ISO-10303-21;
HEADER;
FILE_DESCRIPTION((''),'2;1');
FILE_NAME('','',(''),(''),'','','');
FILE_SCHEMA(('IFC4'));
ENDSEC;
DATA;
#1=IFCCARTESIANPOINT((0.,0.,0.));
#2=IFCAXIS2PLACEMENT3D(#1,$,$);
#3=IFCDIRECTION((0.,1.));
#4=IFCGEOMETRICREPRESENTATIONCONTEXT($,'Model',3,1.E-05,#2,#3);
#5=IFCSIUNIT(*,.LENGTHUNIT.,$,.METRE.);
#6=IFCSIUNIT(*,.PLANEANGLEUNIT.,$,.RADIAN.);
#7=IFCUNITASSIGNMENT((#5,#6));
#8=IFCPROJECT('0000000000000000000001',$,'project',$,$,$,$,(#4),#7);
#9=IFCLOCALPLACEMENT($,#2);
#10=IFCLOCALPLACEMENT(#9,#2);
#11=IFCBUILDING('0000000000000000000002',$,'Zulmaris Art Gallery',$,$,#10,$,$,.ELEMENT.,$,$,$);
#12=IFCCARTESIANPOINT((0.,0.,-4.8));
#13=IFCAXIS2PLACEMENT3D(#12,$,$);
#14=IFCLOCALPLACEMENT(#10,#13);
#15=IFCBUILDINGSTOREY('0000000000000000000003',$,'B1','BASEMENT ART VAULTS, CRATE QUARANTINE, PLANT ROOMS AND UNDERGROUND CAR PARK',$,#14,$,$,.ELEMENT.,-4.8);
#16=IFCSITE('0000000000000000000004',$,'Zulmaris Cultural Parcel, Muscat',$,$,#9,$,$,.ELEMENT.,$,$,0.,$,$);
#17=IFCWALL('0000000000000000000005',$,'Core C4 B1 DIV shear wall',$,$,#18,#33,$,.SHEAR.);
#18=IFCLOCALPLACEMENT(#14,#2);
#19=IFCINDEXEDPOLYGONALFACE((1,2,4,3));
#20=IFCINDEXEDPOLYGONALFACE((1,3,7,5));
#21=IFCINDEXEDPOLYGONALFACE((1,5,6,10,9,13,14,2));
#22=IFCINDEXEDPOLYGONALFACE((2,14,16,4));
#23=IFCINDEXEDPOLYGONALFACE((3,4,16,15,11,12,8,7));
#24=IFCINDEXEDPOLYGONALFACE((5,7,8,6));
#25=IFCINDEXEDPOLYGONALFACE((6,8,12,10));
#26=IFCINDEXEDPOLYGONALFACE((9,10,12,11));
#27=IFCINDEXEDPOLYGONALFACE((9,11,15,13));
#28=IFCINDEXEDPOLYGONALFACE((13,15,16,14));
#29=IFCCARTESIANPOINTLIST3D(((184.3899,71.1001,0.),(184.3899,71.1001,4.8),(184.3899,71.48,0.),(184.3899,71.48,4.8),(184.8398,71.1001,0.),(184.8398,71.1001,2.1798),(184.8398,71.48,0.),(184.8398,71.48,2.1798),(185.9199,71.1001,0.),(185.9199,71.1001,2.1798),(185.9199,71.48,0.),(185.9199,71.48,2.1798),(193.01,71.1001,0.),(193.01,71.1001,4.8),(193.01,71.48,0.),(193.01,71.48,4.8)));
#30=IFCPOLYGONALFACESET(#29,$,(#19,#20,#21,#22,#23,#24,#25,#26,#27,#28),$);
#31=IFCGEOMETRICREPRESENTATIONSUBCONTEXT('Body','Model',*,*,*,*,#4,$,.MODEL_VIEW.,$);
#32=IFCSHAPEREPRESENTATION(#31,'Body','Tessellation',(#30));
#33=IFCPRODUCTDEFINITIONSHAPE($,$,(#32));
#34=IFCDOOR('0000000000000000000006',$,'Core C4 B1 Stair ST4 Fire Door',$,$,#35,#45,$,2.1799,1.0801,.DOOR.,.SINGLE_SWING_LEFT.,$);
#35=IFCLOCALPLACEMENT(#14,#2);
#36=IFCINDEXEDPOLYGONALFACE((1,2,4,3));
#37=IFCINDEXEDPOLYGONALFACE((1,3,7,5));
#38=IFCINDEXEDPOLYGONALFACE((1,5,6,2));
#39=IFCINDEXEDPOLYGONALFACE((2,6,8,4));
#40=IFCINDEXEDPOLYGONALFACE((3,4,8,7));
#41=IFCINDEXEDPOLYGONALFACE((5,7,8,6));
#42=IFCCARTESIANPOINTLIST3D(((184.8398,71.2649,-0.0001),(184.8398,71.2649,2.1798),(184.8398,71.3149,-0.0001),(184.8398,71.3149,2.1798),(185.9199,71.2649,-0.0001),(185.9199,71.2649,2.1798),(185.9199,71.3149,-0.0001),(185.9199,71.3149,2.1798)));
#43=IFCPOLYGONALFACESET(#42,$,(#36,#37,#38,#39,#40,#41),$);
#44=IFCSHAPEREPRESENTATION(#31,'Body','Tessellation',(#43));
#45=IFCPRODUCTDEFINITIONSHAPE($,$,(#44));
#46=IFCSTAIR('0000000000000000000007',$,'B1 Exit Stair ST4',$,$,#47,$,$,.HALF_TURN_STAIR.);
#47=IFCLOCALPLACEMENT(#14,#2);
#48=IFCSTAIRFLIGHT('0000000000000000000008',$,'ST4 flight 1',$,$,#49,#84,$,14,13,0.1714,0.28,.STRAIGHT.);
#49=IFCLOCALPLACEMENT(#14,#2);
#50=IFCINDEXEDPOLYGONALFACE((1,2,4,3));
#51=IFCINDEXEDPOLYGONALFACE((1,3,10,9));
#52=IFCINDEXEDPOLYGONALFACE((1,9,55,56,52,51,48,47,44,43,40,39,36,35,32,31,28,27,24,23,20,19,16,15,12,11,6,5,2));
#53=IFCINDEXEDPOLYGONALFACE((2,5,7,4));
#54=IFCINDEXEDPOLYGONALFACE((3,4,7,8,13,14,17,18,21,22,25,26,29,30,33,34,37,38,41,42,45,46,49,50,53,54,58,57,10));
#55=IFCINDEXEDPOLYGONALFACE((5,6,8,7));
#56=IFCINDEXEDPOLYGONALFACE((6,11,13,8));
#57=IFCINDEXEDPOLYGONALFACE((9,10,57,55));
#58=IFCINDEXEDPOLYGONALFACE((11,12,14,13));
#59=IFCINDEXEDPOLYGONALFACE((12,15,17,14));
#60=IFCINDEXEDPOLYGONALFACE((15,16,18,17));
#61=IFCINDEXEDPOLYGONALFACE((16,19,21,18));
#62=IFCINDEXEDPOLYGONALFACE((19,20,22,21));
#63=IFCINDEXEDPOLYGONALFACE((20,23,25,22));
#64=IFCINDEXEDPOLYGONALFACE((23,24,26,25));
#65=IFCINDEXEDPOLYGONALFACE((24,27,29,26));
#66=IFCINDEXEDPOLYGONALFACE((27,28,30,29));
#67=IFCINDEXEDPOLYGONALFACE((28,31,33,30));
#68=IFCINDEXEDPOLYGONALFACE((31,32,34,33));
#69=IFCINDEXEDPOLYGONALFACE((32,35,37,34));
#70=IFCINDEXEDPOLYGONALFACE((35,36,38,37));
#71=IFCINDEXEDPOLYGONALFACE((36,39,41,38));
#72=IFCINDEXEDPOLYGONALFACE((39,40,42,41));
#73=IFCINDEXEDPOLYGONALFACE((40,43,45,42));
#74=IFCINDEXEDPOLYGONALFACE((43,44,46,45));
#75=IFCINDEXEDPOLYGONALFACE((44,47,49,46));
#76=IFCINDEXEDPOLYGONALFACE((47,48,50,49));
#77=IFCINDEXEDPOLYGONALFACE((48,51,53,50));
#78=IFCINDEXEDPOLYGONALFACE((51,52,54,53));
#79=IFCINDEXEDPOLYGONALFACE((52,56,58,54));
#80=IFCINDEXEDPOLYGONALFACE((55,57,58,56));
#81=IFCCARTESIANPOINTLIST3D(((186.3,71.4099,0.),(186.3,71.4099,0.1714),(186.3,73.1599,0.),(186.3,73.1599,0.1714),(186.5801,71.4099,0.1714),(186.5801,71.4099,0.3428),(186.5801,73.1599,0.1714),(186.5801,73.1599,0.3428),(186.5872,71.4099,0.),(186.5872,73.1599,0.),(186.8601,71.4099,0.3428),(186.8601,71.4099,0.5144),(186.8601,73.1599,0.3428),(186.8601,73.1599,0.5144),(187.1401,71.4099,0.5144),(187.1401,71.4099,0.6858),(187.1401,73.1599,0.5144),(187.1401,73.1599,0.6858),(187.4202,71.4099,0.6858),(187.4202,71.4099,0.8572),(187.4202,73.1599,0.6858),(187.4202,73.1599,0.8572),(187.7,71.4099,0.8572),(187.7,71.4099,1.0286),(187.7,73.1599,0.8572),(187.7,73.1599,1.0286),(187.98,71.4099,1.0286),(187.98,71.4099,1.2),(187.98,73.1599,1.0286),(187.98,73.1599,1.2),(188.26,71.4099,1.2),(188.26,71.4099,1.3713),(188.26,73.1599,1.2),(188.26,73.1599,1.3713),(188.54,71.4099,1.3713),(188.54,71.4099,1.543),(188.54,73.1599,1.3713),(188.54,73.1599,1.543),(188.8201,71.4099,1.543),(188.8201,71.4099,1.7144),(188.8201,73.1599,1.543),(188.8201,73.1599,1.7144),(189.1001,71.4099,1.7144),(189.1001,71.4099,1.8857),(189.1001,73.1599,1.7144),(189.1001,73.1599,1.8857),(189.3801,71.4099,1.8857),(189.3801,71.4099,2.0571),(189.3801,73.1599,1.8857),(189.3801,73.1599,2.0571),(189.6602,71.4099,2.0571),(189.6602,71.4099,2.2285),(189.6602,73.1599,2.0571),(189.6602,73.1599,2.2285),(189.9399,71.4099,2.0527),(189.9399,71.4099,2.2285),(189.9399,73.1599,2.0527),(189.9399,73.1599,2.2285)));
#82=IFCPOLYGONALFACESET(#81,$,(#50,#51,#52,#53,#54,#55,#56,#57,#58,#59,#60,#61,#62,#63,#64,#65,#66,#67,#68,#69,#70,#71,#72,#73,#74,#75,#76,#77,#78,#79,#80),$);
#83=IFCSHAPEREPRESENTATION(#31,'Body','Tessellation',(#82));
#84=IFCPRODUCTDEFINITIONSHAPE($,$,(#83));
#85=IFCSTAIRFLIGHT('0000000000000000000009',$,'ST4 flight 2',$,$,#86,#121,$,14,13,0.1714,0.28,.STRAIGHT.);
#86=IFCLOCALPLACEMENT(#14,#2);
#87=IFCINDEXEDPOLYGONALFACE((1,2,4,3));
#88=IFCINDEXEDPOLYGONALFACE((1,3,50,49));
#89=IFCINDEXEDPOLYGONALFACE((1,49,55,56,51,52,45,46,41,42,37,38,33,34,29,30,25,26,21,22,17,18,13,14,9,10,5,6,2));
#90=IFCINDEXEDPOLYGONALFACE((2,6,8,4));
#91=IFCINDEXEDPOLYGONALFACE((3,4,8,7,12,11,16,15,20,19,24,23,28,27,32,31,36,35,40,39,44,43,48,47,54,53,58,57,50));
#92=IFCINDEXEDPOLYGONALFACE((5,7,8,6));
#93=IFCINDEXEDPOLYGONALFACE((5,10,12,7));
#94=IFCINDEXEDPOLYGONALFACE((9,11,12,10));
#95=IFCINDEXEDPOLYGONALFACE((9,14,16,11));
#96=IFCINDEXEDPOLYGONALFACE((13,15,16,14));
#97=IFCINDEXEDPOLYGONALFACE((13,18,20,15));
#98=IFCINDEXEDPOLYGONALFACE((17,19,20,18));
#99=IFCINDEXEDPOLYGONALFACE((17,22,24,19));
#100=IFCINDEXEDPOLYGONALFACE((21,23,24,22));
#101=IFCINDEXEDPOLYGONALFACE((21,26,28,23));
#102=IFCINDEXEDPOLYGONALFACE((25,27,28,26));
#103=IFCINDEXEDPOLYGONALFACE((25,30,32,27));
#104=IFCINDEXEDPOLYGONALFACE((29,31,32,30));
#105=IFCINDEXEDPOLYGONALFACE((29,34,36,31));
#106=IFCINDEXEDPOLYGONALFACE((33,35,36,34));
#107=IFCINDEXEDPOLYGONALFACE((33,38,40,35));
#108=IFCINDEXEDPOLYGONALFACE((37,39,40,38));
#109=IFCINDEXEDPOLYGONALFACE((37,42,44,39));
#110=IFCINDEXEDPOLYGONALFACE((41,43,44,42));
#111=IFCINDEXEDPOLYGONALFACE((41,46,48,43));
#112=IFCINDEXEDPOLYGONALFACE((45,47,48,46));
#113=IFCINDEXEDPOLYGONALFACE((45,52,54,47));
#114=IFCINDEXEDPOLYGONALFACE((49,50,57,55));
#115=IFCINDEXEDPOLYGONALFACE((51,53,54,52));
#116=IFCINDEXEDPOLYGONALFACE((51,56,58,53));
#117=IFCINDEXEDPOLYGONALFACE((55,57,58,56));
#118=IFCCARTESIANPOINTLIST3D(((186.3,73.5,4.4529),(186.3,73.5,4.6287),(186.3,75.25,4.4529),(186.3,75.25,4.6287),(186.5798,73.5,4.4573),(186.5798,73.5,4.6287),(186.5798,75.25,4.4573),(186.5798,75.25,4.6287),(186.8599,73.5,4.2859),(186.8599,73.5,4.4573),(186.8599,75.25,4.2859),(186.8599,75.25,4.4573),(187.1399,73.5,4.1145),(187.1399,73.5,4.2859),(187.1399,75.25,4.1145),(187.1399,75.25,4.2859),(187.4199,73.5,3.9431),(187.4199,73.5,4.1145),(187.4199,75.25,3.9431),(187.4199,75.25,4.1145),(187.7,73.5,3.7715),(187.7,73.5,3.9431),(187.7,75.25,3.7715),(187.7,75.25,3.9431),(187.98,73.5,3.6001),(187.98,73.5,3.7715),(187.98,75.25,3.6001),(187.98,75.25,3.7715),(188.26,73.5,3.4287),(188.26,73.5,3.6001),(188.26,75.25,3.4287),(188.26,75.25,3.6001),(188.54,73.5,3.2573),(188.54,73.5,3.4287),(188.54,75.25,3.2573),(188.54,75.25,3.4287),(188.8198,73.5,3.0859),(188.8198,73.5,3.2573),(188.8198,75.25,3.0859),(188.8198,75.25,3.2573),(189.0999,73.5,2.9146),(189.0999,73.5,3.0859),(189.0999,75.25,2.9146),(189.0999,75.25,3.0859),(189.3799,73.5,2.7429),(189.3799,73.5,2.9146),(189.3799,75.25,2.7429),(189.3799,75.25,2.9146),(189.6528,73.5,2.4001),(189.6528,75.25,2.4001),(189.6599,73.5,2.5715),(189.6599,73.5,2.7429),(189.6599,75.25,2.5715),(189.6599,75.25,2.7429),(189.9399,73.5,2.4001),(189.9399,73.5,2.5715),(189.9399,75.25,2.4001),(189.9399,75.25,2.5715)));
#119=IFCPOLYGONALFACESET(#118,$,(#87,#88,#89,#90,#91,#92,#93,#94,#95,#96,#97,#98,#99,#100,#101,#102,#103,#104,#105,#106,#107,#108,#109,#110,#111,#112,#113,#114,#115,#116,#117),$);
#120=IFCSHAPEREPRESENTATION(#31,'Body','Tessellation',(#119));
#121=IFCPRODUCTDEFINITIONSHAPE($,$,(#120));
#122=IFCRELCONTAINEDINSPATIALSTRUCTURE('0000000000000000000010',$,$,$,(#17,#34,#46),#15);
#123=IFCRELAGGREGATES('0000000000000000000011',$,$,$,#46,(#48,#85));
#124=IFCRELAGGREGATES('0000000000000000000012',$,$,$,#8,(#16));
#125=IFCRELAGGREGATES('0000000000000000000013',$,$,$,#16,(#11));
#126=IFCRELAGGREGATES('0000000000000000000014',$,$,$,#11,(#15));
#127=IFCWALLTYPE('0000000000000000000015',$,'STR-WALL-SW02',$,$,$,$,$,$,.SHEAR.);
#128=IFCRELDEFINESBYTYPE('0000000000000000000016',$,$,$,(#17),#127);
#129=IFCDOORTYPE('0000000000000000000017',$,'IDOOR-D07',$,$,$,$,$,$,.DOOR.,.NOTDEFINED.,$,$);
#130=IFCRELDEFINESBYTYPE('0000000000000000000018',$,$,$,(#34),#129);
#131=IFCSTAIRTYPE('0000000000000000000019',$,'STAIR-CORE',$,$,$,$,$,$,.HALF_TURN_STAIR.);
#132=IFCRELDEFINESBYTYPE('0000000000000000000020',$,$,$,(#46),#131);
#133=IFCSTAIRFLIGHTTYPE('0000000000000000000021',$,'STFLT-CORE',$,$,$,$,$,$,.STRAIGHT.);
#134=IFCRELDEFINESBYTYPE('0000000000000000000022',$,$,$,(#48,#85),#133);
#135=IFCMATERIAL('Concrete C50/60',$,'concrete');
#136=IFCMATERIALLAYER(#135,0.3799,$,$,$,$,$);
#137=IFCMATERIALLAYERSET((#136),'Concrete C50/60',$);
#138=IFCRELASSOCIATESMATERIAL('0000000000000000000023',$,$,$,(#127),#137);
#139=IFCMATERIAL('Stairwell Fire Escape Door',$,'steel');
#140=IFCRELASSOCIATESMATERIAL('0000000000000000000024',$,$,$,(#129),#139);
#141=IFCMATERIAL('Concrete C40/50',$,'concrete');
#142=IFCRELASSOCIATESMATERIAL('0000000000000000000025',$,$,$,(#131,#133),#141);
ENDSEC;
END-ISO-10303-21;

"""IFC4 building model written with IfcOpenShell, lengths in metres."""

from ifc_helpers import new_model, si_unit, direction, frame, frame_2d, origin, place, context, subcontext, project, spatial, polyline, rectangle, outline, extrude, material, layer, layer_set, type_object, element, fill, aggregate, save


model = new_model("IFC4")

# Units and contexts
model_context = context("Model", 3, precision=1e-05, world=origin(), true_north=direction((0.0, 1.0)))
body_context = subcontext(model_context, "Body", "Model", "MODEL_VIEW")
ifc_project = project(units=[si_unit("LENGTHUNIT", "METRE"), si_unit("PLANEANGLEUNIT", "RADIAN")], contexts=[model_context])

# Site, building, storey
site_placement = place(None, origin())
site = spatial("IfcSite", under=ifc_project, at=site_placement, Name="Zulmaris Cultural Parcel, Muscat", CompositionType="ELEMENT", RefElevation=0.0)
building_placement = place(site_placement, origin())
building = spatial("IfcBuilding", under=site, at=building_placement, Name="Zulmaris Art Gallery", CompositionType="ELEMENT")
storey_placement = place(building_placement, frame((0.0, 0.0, -4.8)))
storey = spatial("IfcBuildingStorey", under=building, at=storey_placement, Name="B1", Description="BASEMENT ART VAULTS, CRATE QUARANTINE, PLANT ROOMS AND UNDERGROUND CAR PARK", CompositionType="ELEMENT", Elevation=-4.8)

# Shared definitions
ifc_material_1 = material(Name="Concrete C40/50", Category="concrete")

# Shared definitions
ifc_material_2 = material(Name="Concrete C50/60", Category="concrete")

# Shared definitions
ifc_layer_1 = layer(ifc_material_2, 0.3799)
ifc_layer_set_1 = layer_set([ifc_layer_1], Name="Concrete C50/60")
wall_type_1 = type_object("IfcWallType", Name="STR-WALL-SW02", PredefinedType="SHEAR", material=ifc_layer_set_1)

# Wall, opening, door
wall_1_placement = place(storey_placement, frame((184.3899, 71.29, 0.0), z_axis=(0.0, 0.0, 1.0), x_axis=(1.0, 0.0, 0.0)))
wall_1 = element("IfcWall", 1, at=wall_1_placement, inside=storey, type_object=wall_type_1, Name="Core C4 B1 DIV shear wall", PredefinedType="SHEAR", context=body_context, shape_type="SweptSolid", body=[
    extrude(rectangle(XDim=8.6201, YDim=0.3799, at=frame_2d((4.3101, 0.0))), origin(), (0.0, 0.0, 1.0), 4.8),
])
opening_1_placement = place(wall_1_placement, frame((0.45, 0.0, 0.0)))
opening_1 = element("IfcOpeningElement", 2, at=opening_1_placement, cuts=wall_1, PredefinedType="OPENING", context=body_context, shape_type="SweptSolid", body=[
    extrude(rectangle(XDim=1.0801, YDim=2.1799, at=frame_2d((0.54, 1.0898))), frame((0.0, 0.2, 0.0), z_axis=(0.0, -1.0, 0.0), x_axis=(1.0, 0.0, 0.0)), (0.0, 0.0, 1.0), 0.3999),
])
ifc_material_3 = material(Name="Stairwell Fire Escape Door", Category="steel")
door_type = type_object("IfcDoorType", Name="IDOOR-D07", OperationType="NOTDEFINED", PredefinedType="DOOR", material=ifc_material_3)
door_placement = place(opening_1_placement, origin())
door = element("IfcDoor", 3, at=door_placement, inside=storey, type_object=door_type, Name="Core C4 B1 Stair ST4 Fire Door", OperationType="SINGLE_SWING_LEFT", OverallHeight=2.1799, OverallWidth=1.0801, PredefinedType="DOOR", context=body_context, shape_type="SweptSolid", body=[
    extrude(rectangle(XDim=1.0801, YDim=2.1799, at=frame_2d((0.54, 1.0898))), frame((0.0, 0.0249, 0.0), z_axis=(0.0, -1.0, 0.0), x_axis=(1.0, 0.0, 0.0)), (0.0, 0.0, 1.0), 0.05),
])
fill(opening_1, door)

# Stair, stair flights
stair_type = type_object("IfcStairType", Name="STAIR-CORE", PredefinedType="HALF_TURN_STAIR", material=ifc_material_1)
stair_placement = place(storey_placement, origin())
stair = element("IfcStair", 4, at=stair_placement, inside=storey, type_object=stair_type, Name="B1 Exit Stair ST4", PredefinedType="HALF_TURN_STAIR")
stair_flight_type = type_object("IfcStairFlightType", Name="STFLT-CORE", PredefinedType="STRAIGHT", material=ifc_material_1)
stair_flight_1_placement = place(storey_placement, frame((186.3, 72.2849, 0.0), z_axis=(0.0, 0.0, 1.0), x_axis=(1.0, 0.0, 0.0)))
stair_flight_1 = element("IfcStairFlight", 5, at=stair_flight_1_placement, type_object=stair_flight_type, Name="ST4 flight 1", NumberOfRisers=14, NumberOfTreads=13, PredefinedType="STRAIGHT", RiserHeight=0.1714, TreadLength=0.28, context=body_context, shape_type="SweptSolid", body=[
    extrude(outline(polyline([(0.0, 0.0), (0.0, 0.1714), (0.28, 0.1714), (0.28, 0.3428), (0.5601, 0.3428), (0.5601, 0.5144), (0.8401, 0.5144), (0.8401, 0.6858), (1.1201, 0.6858), (1.1201, 0.8572), (1.3999, 0.8572), (1.3999, 1.0286), (1.6799, 1.0286), (1.6799, 1.2), (1.96, 1.2), (1.96, 1.3713), (2.24, 1.3713), (2.24, 1.543), (2.52, 1.543), (2.52, 1.7144), (2.8, 1.7144), (2.8, 1.8857), (3.0801, 1.8857), (3.0801, 2.0571), (3.3601, 2.0571), (3.3601, 2.2285), (3.6399, 2.2285), (3.6399, 2.3999), (3.6399, 2.0527), (0.2871, 0.0), (0.0, 0.0)])), frame((0.0, 0.875, 0.0), z_axis=(0.0, -1.0, 0.0), x_axis=(1.0, 0.0, 0.0)), (0.0, 0.0, 1.0), 1.75),
])
stair_flight_2_placement = place(storey_placement, frame((189.9399, 74.375, 2.4001), z_axis=(0.0, 0.0, 1.0), x_axis=(-1.0, 0.0, 0.0)))
stair_flight_2 = element("IfcStairFlight", 6, at=stair_flight_2_placement, type_object=stair_flight_type, Name="ST4 flight 2", NumberOfRisers=14, NumberOfTreads=13, PredefinedType="STRAIGHT", RiserHeight=0.1714, TreadLength=0.28, context=body_context, shape_type="SweptSolid", body=[
    extrude(outline(polyline([(0.0, 0.0), (0.0, 0.1714), (0.28, 0.1714), (0.28, 0.3428), (0.5601, 0.3428), (0.5601, 0.5144), (0.8401, 0.5144), (0.8401, 0.6858), (1.1201, 0.6858), (1.1201, 0.8572), (1.3999, 0.8572), (1.3999, 1.0286), (1.6799, 1.0286), (1.6799, 1.2), (1.96, 1.2), (1.96, 1.3713), (2.24, 1.3713), (2.24, 1.543), (2.52, 1.543), (2.52, 1.7144), (2.8, 1.7144), (2.8, 1.8857), (3.0801, 1.8857), (3.0801, 2.0571), (3.3601, 2.0571), (3.3601, 2.2285), (3.6399, 2.2285), (3.6399, 2.3999), (3.6399, 2.0527), (0.2871, 0.0), (0.0, 0.0)])), frame((0.0, 0.875, 0.0), z_axis=(0.0, -1.0, 0.0), x_axis=(1.0, 0.0, 0.0)), (0.0, 0.0, 1.0), 1.75),
])
aggregate(stair, [stair_flight_1, stair_flight_2])

save(model, "model.ifc")
